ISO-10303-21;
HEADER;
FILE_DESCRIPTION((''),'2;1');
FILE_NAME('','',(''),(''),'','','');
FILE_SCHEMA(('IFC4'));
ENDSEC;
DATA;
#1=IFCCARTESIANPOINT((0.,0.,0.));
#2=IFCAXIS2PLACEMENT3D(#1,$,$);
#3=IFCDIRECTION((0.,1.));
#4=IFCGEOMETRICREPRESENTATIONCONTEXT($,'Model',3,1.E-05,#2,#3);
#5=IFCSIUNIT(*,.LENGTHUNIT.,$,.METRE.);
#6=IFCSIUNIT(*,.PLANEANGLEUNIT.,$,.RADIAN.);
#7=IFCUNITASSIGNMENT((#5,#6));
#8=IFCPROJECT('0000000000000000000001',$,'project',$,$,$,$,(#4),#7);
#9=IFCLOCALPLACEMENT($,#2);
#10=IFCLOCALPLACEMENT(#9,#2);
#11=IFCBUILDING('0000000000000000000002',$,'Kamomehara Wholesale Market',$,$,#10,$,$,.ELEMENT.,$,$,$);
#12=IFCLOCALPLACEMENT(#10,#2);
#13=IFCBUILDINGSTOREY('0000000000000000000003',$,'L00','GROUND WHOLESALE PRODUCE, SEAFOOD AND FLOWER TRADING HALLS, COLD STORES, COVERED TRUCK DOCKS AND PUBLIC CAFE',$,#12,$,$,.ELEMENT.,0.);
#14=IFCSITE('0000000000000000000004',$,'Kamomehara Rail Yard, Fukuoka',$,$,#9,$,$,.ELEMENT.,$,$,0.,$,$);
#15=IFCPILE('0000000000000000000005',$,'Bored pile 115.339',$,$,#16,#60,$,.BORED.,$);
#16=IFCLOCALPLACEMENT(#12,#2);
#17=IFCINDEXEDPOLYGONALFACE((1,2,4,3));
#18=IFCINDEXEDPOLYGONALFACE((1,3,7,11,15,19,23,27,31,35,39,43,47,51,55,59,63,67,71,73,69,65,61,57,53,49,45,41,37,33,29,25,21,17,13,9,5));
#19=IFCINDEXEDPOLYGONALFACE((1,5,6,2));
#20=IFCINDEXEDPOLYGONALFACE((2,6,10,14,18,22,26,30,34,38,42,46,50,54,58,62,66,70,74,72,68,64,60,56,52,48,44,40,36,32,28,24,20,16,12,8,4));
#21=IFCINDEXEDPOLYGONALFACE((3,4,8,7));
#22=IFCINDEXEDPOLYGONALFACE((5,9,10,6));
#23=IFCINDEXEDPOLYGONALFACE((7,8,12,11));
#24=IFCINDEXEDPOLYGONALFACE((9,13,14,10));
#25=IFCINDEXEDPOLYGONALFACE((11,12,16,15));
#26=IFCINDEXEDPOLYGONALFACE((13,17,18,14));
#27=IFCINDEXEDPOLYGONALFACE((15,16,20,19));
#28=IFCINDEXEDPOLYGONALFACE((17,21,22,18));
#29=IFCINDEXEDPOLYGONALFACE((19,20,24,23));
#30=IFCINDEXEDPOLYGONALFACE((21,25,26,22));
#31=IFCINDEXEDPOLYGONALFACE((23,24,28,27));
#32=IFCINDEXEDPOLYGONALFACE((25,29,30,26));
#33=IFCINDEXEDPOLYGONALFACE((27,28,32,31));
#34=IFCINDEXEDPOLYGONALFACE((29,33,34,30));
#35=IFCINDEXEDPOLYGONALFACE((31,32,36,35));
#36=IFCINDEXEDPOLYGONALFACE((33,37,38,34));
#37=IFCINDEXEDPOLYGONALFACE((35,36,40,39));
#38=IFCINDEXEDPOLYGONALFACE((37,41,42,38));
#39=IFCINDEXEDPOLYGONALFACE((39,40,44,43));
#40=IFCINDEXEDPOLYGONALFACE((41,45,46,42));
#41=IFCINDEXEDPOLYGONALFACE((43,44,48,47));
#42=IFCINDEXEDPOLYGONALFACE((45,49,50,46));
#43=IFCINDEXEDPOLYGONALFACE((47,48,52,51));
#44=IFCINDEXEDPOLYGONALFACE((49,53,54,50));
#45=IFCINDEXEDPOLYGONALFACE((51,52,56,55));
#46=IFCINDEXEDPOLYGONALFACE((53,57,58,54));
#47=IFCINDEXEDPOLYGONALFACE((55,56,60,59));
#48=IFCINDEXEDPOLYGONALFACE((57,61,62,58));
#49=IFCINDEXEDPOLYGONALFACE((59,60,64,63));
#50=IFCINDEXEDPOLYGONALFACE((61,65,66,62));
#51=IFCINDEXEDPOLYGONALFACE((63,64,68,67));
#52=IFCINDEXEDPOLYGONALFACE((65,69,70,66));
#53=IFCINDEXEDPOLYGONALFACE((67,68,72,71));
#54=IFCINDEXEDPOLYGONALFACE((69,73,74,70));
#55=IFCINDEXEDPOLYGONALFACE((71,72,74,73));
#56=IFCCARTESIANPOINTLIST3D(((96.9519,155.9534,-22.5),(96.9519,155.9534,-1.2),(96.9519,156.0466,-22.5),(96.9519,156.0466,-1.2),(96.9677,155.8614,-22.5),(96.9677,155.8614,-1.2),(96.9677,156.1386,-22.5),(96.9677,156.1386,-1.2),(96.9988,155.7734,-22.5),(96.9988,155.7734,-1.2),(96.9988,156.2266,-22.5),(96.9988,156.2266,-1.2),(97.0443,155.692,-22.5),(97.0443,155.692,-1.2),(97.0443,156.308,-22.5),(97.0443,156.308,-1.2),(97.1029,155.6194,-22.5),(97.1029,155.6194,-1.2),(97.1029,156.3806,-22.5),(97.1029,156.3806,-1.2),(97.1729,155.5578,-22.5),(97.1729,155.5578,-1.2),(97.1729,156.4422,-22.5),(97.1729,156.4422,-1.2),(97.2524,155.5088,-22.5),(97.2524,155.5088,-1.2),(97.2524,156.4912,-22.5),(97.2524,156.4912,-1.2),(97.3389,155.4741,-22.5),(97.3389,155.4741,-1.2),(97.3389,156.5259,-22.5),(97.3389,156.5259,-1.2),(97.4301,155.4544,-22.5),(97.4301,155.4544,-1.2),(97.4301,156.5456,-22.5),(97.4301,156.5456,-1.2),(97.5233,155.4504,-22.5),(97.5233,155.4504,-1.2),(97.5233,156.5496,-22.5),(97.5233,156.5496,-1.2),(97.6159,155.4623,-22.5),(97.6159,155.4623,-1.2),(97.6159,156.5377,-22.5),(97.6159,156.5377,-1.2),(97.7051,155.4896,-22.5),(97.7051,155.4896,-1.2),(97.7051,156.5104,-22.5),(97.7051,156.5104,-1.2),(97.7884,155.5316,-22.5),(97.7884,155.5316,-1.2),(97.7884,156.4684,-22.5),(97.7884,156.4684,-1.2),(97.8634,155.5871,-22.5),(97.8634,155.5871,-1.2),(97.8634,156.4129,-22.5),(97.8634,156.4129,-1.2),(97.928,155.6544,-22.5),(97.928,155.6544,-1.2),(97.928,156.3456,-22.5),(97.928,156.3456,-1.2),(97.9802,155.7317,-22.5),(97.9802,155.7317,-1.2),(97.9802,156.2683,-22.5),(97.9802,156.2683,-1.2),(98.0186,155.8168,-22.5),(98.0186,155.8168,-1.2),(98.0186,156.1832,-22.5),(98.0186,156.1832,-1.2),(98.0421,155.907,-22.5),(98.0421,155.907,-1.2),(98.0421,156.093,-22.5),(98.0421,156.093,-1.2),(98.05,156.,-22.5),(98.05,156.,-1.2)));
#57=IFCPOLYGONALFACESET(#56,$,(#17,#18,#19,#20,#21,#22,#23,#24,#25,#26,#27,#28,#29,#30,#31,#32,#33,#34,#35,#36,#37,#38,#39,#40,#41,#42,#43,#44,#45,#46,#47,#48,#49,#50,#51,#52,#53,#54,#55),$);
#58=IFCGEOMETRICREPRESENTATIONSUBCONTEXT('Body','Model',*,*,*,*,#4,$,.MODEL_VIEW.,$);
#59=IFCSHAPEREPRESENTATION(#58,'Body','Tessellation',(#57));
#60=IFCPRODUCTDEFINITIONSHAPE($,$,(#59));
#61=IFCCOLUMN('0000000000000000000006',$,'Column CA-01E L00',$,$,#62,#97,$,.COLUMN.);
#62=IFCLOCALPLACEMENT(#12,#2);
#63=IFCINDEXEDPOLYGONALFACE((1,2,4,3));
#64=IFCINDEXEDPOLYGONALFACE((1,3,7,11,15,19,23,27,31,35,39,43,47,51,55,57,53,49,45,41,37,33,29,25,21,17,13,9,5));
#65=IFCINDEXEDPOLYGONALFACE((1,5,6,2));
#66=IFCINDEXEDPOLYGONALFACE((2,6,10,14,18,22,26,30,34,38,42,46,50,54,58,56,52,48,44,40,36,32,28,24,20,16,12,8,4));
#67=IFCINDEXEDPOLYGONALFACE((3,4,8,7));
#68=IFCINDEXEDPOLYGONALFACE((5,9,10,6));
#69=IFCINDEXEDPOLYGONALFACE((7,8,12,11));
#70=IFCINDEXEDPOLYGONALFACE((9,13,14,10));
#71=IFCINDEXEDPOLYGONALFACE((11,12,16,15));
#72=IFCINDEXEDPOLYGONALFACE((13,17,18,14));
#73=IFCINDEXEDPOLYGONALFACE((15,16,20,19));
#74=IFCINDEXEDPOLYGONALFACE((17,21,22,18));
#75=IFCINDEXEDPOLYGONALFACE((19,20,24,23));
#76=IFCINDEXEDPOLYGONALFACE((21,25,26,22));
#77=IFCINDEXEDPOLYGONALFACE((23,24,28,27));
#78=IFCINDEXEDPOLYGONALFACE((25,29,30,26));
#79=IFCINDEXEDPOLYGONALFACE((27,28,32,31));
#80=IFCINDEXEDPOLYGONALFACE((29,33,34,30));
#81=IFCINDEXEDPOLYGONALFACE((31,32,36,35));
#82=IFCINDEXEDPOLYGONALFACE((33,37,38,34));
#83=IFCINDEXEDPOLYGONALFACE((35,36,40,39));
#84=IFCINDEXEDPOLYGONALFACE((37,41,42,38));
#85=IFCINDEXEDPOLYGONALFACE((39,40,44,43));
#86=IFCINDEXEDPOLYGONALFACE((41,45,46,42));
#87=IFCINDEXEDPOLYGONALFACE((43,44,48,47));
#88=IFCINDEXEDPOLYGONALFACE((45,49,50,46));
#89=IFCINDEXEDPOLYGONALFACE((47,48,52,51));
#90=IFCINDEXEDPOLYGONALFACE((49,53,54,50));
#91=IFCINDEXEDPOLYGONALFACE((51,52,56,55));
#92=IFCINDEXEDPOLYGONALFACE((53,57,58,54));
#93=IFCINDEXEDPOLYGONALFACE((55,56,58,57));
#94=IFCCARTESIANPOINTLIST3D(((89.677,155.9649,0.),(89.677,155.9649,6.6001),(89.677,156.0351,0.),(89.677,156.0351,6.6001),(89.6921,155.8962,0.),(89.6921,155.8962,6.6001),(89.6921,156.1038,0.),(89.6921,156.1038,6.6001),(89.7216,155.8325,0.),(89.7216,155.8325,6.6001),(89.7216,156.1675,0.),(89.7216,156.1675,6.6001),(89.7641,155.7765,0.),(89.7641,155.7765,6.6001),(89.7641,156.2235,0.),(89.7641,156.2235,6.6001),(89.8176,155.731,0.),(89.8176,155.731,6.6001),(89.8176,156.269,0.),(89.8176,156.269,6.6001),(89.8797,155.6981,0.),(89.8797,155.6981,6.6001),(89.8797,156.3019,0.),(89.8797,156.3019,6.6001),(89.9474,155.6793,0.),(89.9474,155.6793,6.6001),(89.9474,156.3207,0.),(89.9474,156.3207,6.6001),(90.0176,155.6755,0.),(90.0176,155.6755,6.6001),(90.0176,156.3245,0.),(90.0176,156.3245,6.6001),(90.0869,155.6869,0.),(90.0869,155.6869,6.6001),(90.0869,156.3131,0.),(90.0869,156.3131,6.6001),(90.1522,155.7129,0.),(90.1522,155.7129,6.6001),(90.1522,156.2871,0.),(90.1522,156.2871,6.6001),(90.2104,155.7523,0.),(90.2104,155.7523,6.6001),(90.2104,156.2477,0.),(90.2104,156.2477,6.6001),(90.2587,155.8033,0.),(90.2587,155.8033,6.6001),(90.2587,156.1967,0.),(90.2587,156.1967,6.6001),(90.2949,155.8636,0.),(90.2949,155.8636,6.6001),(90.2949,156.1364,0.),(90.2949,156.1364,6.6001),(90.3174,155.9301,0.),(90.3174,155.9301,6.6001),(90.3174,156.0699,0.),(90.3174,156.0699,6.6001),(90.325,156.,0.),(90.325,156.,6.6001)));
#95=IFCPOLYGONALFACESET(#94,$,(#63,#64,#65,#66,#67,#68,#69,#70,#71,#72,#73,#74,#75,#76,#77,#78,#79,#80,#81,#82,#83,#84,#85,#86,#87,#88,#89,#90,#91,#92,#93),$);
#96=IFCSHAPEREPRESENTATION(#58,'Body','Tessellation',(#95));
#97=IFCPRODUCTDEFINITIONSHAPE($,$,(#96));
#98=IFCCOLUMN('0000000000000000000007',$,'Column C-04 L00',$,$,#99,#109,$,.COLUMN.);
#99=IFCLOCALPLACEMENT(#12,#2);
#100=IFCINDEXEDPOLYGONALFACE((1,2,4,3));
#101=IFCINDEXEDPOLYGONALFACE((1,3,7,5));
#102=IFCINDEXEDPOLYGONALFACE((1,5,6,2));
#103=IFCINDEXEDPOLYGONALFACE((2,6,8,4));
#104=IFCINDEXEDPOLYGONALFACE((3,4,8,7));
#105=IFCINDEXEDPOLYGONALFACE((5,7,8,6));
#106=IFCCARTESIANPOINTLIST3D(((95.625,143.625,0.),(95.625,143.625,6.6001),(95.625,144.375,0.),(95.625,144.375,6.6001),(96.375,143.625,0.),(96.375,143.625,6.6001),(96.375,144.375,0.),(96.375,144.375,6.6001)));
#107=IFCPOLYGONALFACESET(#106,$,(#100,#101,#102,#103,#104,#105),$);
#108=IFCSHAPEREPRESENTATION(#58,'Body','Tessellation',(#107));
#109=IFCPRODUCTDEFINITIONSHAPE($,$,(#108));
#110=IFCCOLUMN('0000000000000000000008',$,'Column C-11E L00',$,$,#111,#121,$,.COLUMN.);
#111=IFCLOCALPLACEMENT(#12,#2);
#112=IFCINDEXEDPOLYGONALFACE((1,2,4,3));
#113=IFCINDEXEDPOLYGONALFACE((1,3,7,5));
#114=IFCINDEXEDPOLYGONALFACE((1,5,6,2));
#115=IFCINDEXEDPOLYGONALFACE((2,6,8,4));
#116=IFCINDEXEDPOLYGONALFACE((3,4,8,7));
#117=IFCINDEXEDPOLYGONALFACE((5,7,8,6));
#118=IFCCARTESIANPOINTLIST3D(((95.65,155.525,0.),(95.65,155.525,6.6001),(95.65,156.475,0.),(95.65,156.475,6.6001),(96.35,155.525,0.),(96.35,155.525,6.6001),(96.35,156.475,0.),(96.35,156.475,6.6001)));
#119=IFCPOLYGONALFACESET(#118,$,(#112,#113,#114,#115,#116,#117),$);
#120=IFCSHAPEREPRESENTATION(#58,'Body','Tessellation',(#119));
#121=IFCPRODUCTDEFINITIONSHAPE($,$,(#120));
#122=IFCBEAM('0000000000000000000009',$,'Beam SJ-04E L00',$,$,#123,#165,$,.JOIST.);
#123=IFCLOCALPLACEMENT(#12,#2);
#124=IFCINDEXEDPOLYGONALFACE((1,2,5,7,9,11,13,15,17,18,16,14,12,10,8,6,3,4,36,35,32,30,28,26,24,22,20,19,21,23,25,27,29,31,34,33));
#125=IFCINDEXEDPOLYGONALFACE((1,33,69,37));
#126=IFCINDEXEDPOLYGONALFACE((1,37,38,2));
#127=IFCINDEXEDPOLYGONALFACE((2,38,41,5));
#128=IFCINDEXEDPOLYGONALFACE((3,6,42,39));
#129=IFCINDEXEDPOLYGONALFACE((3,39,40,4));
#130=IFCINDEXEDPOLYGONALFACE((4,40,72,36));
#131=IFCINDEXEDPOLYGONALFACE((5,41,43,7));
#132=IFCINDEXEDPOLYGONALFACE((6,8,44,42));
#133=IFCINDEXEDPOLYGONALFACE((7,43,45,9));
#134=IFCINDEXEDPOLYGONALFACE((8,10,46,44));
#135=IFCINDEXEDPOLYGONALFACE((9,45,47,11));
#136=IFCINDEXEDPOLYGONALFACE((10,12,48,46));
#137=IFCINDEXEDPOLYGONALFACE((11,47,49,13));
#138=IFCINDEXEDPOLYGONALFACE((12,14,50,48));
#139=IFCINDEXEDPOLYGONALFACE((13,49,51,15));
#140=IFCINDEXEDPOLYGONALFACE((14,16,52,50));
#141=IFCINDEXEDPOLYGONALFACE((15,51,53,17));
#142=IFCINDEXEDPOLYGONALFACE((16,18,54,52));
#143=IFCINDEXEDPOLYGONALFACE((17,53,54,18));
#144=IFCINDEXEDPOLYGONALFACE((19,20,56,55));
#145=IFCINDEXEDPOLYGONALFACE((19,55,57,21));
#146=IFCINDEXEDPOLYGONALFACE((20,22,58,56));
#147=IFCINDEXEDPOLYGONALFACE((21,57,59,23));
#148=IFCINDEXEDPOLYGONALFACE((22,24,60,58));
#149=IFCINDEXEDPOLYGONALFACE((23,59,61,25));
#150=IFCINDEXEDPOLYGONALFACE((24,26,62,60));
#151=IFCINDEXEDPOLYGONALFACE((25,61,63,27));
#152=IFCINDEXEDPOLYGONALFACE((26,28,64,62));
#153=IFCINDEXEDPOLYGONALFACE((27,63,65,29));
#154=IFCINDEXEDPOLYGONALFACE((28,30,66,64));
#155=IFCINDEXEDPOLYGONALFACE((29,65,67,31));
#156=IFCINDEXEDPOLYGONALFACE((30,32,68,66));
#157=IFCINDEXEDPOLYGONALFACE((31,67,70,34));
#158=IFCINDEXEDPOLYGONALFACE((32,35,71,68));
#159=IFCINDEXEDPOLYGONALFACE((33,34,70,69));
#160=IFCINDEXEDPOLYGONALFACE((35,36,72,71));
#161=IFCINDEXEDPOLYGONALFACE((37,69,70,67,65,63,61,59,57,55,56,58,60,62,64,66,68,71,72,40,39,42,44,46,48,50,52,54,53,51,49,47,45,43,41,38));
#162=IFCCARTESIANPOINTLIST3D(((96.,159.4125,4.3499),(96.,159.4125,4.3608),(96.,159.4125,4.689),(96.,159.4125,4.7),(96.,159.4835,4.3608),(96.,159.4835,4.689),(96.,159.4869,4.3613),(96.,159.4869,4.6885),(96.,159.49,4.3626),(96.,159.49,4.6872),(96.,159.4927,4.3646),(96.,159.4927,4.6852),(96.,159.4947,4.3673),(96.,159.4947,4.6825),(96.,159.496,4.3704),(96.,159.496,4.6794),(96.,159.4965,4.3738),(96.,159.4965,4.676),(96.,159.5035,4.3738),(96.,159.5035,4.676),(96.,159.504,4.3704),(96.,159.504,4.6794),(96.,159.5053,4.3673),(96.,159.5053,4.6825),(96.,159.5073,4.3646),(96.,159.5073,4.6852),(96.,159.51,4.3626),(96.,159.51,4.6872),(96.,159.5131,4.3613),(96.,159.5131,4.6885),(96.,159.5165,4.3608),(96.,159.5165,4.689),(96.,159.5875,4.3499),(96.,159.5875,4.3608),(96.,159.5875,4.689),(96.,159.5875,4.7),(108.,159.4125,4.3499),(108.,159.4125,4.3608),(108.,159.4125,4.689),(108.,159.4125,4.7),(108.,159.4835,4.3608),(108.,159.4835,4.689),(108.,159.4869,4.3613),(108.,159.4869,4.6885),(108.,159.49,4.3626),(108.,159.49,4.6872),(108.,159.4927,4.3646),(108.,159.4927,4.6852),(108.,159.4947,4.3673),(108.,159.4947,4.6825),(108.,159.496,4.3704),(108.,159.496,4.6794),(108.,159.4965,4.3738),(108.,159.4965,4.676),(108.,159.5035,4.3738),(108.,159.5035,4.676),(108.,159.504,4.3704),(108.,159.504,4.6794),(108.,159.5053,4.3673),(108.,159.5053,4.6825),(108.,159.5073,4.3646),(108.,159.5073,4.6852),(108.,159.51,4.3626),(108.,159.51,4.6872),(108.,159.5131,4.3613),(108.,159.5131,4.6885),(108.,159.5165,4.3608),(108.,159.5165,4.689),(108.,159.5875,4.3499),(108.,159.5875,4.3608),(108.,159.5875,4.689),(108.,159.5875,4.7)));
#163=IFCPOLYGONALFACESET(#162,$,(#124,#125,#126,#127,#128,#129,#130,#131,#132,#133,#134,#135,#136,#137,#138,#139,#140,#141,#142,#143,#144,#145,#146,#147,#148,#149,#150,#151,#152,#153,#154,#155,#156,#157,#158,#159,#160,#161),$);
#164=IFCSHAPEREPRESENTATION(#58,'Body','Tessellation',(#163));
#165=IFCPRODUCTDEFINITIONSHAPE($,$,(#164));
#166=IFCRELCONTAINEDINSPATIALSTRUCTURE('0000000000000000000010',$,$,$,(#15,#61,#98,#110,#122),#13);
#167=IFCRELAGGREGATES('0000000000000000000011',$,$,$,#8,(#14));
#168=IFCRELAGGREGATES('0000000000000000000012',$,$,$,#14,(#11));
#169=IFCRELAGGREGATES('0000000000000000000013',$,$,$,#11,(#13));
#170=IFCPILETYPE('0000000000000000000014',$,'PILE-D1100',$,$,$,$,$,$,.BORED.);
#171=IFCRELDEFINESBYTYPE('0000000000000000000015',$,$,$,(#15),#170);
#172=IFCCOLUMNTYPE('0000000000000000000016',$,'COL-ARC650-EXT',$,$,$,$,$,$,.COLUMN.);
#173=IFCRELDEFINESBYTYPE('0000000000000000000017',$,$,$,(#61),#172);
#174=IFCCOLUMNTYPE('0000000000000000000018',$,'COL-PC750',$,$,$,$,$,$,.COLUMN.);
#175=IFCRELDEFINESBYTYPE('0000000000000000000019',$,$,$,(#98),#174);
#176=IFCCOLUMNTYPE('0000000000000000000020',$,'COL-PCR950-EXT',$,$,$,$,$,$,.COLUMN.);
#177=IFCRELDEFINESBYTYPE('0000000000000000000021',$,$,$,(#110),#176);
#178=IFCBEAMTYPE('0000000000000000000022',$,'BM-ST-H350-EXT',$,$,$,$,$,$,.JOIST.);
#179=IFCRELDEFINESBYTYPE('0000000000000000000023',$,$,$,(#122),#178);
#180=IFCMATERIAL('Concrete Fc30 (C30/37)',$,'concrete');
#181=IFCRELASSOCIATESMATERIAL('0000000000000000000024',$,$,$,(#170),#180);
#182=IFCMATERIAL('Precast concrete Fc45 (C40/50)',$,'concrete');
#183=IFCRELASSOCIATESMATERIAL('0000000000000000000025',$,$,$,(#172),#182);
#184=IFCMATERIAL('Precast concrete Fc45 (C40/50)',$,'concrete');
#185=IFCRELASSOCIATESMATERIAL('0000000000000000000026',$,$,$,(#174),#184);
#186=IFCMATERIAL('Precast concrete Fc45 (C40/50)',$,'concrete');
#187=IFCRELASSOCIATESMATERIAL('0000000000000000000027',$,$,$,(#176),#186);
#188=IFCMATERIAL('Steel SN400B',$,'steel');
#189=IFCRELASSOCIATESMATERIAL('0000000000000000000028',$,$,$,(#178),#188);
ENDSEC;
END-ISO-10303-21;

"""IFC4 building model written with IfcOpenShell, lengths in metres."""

from ifc_helpers import new_model, si_unit, direction, frame, origin, origin_2d, place, context, subcontext, project, spatial, rectangle, circle, i_section, extrude, material, material_profile, profile_set, type_object, element, save


model = new_model("IFC4")

# Units and contexts
model_context = context("Model", 3, precision=1e-05, world=origin(), true_north=direction((0.0, 1.0)))
body_context = subcontext(model_context, "Body", "Model", "MODEL_VIEW")
ifc_project = project(units=[si_unit("LENGTHUNIT", "METRE"), si_unit("PLANEANGLEUNIT", "RADIAN")], contexts=[model_context])

# Site, building, storey
site_placement = place(None, origin())
site = spatial("IfcSite", under=ifc_project, at=site_placement, Name="Kamomehara Rail Yard, Fukuoka", CompositionType="ELEMENT", RefElevation=0.0)
building_placement = place(site_placement, origin())
building = spatial("IfcBuilding", under=site, at=building_placement, Name="Kamomehara Wholesale Market", CompositionType="ELEMENT")
storey_placement = place(building_placement, origin())
storey = spatial("IfcBuildingStorey", under=building, at=storey_placement, Name="L00", Description="GROUND WHOLESALE PRODUCE, SEAFOOD AND FLOWER TRADING HALLS, COLD STORES, COVERED TRUCK DOCKS AND PUBLIC CAFE", CompositionType="ELEMENT", Elevation=0.0)

# Pile
ifc_material_1 = material(Name="Concrete Fc30 (C30/37)", Category="concrete")
ifc_material_profile_1 = material_profile(ifc_material_1, circle(Radius=0.55, at=origin_2d()), Name="RC-PILE-D1100")
ifc_profile_set_1 = profile_set([ifc_material_profile_1], Name="Concrete Fc30 (C30/37)")
pile_type_1 = type_object("IfcPileType", Name="PILE-D1100", PredefinedType="BORED", material=ifc_profile_set_1)
for number, where, z_axis, x_axis, name in (
    (1, (97.5, 156.0, -1.2), (0.0, 0.0, -1.0), (1.0, 0.0, 0.0), "Bored pile 115.339"),
):
    element("IfcPile", number, at=place(storey_placement, frame(where, z_axis=z_axis, x_axis=x_axis)), inside=storey, type_object=pile_type_1, Name=name, PredefinedType="BORED", context=body_context, shape_type="SweptSolid", body=[
        extrude(circle(Radius=0.55, at=origin_2d()), origin(), (0.0, 0.0, 1.0), 21.3),
    ])

# Columns
ifc_material_2 = material(Name="Precast concrete Fc45 (C40/50)", Category="concrete")
ifc_material_profile_2 = material_profile(ifc_material_2, circle(Radius=0.325, at=origin_2d()), Name="PC-ARC-D650")
ifc_profile_set_2 = profile_set([ifc_material_profile_2], Name="Precast concrete Fc45 (C40/50)")
column_type_1 = type_object("IfcColumnType", Name="COL-ARC650-EXT", PredefinedType="COLUMN", material=ifc_profile_set_2)
column_1_placement = place(storey_placement, frame((90.0, 156.0, 0.0), z_axis=(0.0, 0.0, 1.0), x_axis=(1.0, 0.0, 0.0)))
element("IfcColumn", 2, at=column_1_placement, inside=storey, type_object=column_type_1, Name="Column CA-01E L00", PredefinedType="COLUMN", context=body_context, shape_type="SweptSolid", body=[
    extrude(circle(Radius=0.325, at=origin_2d()), origin(), (0.0, 0.0, 1.0), 6.6001),
])
ifc_material_3 = material(Name="Precast concrete Fc45 (C40/50)", Category="concrete")
ifc_material_profile_3 = material_profile(ifc_material_3, rectangle(XDim=0.75, YDim=0.75, at=origin_2d()), Name="PC-COL-750x750")
ifc_profile_set_3 = profile_set([ifc_material_profile_3], Name="Precast concrete Fc45 (C40/50)")
column_type_2 = type_object("IfcColumnType", Name="COL-PC750", PredefinedType="COLUMN", material=ifc_profile_set_3)
column_2_placement = place(storey_placement, frame((96.0, 144.0, 0.0), z_axis=(0.0, 0.0, 1.0), x_axis=(1.0, 0.0, 0.0)))
element("IfcColumn", 3, at=column_2_placement, inside=storey, type_object=column_type_2, Name="Column C-04 L00", PredefinedType="COLUMN", context=body_context, shape_type="SweptSolid", body=[
    extrude(rectangle(XDim=0.75, YDim=0.75, at=origin_2d()), origin(), (0.0, 0.0, 1.0), 6.6001),
])
ifc_material_4 = material(Name="Precast concrete Fc45 (C40/50)", Category="concrete")
ifc_material_profile_4 = material_profile(ifc_material_4, rectangle(XDim=0.7, YDim=0.95, at=origin_2d()), Name="PC-COL-700x950")
ifc_profile_set_4 = profile_set([ifc_material_profile_4], Name="Precast concrete Fc45 (C40/50)")
column_type_3 = type_object("IfcColumnType", Name="COL-PCR950-EXT", PredefinedType="COLUMN", material=ifc_profile_set_4)
column_3_placement = place(storey_placement, frame((96.0, 156.0, 0.0), z_axis=(0.0, 0.0, 1.0), x_axis=(1.0, 0.0, 0.0)))
element("IfcColumn", 4, at=column_3_placement, inside=storey, type_object=column_type_3, Name="Column C-11E L00", PredefinedType="COLUMN", context=body_context, shape_type="SweptSolid", body=[
    extrude(rectangle(XDim=0.7, YDim=0.95, at=origin_2d()), origin(), (0.0, 0.0, 1.0), 6.6001),
])

# Beam
ifc_material_5 = material(Name="Steel SN400B", Category="steel")
ifc_material_profile_5 = material_profile(ifc_material_5, i_section(OverallWidth=0.175, OverallDepth=0.3501, WebThickness=0.0071, FlangeThickness=0.011, FilletRadius=0.0129, at=origin_2d()), Name="H-350x175x7x11")
ifc_profile_set_5 = profile_set([ifc_material_profile_5], Name="Steel SN400B")
beam_type_1 = type_object("IfcBeamType", Name="BM-ST-H350-EXT", PredefinedType="JOIST", material=ifc_profile_set_5)
beam_1_placement = place(storey_placement, frame((96.0, 159.5, 4.5249), z_axis=(1.0, 0.0, 0.0), x_axis=(0.0, 1.0, 0.0)))
element("IfcBeam", 5, at=beam_1_placement, inside=storey, type_object=beam_type_1, Name="Beam SJ-04E L00", PredefinedType="JOIST", context=body_context, shape_type="SweptSolid", body=[
    extrude(i_section(OverallWidth=0.175, OverallDepth=0.3501, WebThickness=0.0071, FlangeThickness=0.011, FilletRadius=0.0129, at=origin_2d()), origin(), (0.0, 0.0, 1.0), 12.0),
])

save(model, "model.ifc")
